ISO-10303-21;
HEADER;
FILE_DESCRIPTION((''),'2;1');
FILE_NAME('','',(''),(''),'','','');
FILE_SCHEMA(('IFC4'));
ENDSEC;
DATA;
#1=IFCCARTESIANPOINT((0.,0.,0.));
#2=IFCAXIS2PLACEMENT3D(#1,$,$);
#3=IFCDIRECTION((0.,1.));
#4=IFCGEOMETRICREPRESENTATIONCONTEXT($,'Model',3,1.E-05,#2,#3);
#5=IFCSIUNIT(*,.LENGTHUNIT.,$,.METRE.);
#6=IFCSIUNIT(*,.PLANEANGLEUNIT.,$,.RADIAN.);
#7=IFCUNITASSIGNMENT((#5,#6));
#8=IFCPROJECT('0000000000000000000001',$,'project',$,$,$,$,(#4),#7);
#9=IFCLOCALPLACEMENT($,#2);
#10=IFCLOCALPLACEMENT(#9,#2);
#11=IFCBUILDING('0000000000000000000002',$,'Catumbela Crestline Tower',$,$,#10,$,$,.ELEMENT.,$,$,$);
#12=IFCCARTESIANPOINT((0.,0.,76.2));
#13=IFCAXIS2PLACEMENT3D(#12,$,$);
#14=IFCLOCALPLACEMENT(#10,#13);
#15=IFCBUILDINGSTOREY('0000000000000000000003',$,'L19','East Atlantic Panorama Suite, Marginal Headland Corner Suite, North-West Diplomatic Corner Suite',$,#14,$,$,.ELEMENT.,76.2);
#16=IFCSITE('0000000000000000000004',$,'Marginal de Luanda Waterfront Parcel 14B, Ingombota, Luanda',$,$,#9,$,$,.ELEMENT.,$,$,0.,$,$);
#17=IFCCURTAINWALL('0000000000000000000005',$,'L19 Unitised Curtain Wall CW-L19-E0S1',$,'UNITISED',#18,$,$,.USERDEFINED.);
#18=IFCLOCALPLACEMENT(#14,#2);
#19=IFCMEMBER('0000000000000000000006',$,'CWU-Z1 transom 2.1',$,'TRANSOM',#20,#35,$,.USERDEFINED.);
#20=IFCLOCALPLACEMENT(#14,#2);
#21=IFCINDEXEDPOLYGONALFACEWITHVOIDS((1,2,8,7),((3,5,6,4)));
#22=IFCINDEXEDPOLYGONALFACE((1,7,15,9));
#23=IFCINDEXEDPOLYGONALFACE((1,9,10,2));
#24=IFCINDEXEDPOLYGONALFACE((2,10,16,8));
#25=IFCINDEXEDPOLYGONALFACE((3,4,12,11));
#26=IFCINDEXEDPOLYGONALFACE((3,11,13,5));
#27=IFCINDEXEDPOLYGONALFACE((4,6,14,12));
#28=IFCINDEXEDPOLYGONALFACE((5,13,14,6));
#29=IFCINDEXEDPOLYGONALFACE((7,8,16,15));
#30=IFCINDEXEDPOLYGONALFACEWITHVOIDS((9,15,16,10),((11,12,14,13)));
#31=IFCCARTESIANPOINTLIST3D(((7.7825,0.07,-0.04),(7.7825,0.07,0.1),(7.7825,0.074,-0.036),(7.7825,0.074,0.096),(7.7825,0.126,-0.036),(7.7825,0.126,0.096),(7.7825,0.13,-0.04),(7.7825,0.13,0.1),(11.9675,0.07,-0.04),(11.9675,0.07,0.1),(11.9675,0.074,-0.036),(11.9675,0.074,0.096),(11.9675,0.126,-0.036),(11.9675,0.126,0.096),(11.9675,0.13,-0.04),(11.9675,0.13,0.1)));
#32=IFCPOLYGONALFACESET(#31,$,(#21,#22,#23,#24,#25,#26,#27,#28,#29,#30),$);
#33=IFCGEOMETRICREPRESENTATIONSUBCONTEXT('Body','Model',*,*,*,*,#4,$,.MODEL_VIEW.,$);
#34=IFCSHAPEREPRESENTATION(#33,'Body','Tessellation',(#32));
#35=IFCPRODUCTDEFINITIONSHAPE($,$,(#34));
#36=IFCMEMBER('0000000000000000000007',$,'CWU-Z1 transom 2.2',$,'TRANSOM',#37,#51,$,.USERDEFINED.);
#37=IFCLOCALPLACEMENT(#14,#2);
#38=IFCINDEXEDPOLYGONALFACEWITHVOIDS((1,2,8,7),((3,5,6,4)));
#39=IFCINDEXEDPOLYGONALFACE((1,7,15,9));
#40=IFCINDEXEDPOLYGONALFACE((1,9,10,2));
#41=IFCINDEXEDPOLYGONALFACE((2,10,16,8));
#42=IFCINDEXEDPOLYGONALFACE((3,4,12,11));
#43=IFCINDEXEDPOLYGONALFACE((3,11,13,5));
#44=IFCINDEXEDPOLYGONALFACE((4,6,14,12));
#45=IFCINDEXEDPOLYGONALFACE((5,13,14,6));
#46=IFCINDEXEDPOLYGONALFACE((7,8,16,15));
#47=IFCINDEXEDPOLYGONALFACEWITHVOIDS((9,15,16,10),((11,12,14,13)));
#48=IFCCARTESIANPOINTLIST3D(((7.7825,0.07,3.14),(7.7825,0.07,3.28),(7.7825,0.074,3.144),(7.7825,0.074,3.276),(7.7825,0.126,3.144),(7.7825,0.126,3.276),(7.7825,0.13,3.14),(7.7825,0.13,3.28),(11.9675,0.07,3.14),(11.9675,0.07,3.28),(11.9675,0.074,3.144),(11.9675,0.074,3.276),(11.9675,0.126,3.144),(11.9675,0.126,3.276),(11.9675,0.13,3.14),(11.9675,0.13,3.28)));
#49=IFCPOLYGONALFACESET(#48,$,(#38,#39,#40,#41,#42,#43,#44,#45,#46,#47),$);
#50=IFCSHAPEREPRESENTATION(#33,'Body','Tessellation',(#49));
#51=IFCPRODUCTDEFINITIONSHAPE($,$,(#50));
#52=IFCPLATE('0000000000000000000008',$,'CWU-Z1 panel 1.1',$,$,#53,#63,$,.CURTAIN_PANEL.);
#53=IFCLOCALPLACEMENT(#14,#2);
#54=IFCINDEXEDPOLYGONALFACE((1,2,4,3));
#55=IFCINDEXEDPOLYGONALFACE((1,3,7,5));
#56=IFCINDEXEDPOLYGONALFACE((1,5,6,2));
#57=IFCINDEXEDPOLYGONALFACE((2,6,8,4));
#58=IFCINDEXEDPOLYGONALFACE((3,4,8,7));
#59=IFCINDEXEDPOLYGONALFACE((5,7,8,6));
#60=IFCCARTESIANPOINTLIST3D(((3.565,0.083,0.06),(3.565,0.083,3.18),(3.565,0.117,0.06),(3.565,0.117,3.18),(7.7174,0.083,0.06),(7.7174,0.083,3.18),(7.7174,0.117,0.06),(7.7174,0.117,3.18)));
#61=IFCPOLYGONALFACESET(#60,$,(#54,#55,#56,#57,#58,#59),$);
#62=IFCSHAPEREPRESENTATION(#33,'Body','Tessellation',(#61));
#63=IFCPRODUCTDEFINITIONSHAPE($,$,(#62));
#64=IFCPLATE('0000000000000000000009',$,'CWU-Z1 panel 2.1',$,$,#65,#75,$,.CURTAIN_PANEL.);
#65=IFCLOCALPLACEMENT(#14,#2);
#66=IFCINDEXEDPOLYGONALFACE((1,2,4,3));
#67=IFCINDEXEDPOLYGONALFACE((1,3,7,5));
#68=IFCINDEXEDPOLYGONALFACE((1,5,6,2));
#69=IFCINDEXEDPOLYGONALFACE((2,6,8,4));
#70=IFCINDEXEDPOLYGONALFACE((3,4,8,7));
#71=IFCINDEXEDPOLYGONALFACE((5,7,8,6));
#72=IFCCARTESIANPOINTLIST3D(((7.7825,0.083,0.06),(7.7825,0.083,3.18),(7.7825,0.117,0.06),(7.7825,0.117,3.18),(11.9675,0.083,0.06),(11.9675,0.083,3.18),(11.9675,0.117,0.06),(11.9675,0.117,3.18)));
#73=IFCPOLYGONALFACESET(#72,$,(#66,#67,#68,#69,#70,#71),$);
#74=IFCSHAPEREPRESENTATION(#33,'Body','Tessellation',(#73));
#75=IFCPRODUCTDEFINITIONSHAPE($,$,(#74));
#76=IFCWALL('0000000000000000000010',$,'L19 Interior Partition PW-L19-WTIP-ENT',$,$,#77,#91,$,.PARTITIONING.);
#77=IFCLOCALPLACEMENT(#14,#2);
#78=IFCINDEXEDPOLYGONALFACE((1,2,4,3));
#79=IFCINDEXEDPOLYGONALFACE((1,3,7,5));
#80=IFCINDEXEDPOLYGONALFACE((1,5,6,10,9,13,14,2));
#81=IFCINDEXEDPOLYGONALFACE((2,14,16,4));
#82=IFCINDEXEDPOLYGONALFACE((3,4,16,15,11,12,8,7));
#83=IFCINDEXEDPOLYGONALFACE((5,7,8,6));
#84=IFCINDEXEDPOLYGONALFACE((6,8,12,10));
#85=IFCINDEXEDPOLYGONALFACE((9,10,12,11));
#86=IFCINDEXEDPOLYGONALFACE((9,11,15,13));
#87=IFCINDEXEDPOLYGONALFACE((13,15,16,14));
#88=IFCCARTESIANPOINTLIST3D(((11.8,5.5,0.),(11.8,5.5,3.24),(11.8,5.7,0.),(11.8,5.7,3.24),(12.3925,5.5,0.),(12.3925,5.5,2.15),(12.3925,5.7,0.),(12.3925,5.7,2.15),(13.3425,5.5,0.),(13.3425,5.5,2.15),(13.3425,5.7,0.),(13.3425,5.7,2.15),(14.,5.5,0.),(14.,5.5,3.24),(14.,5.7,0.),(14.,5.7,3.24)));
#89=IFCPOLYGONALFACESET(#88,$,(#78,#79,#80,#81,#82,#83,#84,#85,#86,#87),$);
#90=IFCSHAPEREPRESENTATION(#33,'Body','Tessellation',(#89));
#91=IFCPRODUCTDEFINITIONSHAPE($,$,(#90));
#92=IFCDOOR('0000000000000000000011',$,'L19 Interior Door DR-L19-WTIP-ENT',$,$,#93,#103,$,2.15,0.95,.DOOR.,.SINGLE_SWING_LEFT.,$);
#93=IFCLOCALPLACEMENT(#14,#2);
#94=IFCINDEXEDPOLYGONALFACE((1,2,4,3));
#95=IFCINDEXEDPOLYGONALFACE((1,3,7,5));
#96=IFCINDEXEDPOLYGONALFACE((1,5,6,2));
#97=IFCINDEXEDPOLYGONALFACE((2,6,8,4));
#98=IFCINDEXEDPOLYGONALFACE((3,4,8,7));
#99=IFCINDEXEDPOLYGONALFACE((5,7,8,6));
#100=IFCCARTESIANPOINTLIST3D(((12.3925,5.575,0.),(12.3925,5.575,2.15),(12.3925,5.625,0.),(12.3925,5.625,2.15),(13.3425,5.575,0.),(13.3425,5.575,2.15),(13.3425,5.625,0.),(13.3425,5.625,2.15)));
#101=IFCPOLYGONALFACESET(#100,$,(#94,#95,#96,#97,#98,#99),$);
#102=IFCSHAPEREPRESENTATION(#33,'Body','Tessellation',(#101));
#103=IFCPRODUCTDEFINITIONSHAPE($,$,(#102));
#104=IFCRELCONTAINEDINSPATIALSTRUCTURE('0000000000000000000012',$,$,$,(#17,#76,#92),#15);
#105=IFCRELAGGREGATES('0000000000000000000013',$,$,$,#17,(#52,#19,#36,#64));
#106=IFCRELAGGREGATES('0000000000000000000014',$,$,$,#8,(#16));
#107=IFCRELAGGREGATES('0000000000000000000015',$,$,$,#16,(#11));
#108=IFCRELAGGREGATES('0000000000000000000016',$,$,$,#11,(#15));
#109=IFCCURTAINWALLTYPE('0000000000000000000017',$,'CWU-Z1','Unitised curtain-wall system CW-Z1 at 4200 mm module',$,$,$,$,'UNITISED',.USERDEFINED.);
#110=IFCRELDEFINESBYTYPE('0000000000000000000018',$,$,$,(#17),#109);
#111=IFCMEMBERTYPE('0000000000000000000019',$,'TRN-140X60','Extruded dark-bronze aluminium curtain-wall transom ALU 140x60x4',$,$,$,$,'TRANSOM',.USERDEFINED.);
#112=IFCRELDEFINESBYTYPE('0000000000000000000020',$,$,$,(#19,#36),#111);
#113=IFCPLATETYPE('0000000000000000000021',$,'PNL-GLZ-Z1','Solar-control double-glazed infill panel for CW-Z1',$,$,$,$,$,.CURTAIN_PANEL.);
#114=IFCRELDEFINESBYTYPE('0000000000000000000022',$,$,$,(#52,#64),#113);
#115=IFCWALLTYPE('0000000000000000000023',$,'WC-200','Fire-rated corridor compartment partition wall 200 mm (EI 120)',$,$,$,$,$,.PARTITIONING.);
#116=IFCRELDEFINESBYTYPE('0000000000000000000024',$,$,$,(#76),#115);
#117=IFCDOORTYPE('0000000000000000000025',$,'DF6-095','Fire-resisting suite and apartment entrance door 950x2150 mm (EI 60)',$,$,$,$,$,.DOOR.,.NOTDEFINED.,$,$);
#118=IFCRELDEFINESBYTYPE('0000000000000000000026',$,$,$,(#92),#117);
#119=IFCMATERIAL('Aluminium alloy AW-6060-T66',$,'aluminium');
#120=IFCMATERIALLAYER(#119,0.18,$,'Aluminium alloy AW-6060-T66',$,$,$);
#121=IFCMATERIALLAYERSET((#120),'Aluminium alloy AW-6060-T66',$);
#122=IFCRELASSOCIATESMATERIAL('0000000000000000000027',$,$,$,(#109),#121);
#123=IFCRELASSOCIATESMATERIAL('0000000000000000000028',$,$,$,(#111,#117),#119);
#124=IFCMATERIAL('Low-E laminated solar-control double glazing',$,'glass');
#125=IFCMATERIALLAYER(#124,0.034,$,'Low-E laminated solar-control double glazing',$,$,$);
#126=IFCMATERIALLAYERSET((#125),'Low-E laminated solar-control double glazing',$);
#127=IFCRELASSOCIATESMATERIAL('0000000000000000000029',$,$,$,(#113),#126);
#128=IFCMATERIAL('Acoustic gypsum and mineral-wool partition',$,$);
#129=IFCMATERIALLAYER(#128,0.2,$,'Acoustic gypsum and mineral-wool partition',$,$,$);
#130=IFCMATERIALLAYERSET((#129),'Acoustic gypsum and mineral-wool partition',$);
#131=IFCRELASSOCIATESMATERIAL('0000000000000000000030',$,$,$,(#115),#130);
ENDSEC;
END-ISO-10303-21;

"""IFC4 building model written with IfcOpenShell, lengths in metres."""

from ifc_helpers import new_model, si_unit, direction, frame, frame_2d, origin, origin_2d, place, context, subcontext, project, spatial, rectangle, hollow_rectangle, extrude, material, layer, layer_set, material_profile, profile_set, type_object, element, fill, aggregate, save


model = new_model("IFC4")

# Units and contexts
model_context = context("Model", 3, precision=1e-05, world=origin(), true_north=direction((0.0, 1.0)))
body_context = subcontext(model_context, "Body", "Model", "MODEL_VIEW")
ifc_project = project(units=[si_unit("LENGTHUNIT", "METRE"), si_unit("PLANEANGLEUNIT", "RADIAN")], contexts=[model_context])

# Site, building, storey
site_placement = place(None, origin())
site = spatial("IfcSite", under=ifc_project, at=site_placement, Name="Marginal de Luanda Waterfront Parcel 14B, Ingombota, Luanda", CompositionType="ELEMENT", RefElevation=0.0)
building_placement = place(site_placement, origin())
building = spatial("IfcBuilding", under=site, at=building_placement, Name="Catumbela Crestline Tower", CompositionType="ELEMENT")
storey_placement = place(building_placement, frame((0.0, 0.0, 76.2)))
storey = spatial("IfcBuildingStorey", under=building, at=storey_placement, Name="L19", Description="East Atlantic Panorama Suite, Marginal Headland Corner Suite, North-West Diplomatic Corner Suite", CompositionType="ELEMENT", Elevation=76.2)

# Curtain wall, members, plates
ifc_material_1 = material(Name="Aluminium alloy AW-6060-T66", Category="aluminium")
ifc_layer_1 = layer(ifc_material_1, 0.18, Name="Aluminium alloy AW-6060-T66")
ifc_layer_set_1 = layer_set([ifc_layer_1], Name="Aluminium alloy AW-6060-T66")
curtain_wall_type = type_object("IfcCurtainWallType", Name="CWU-Z1", Description="Unitised curtain-wall system CW-Z1 at 4200 mm module", ElementType="UNITISED", PredefinedType="USERDEFINED", material=ifc_layer_set_1)
curtain_wall_placement = place(storey_placement, origin())
curtain_wall = element("IfcCurtainWall", 1, at=curtain_wall_placement, inside=storey, type_object=curtain_wall_type, Name="L19 Unitised Curtain Wall CW-L19-E0S1", ObjectType="UNITISED", PredefinedType="USERDEFINED")
ifc_material_profile_1 = material_profile(ifc_material_1, hollow_rectangle(XDim=0.06, YDim=0.14, WallThickness=0.004, at=origin_2d()), Name="ALU 140x60x4")
ifc_profile_set_1 = profile_set([ifc_material_profile_1], Name="Aluminium alloy AW-6060-T66")
member_type_1 = type_object("IfcMemberType", Name="TRN-140X60", Description="Extruded dark-bronze aluminium curtain-wall transom ALU 140x60x4", ElementType="TRANSOM", PredefinedType="USERDEFINED", material=ifc_profile_set_1)
member_1_placement = place(storey_placement, frame((7.7825, 0.1, 0.03), z_axis=(1.0, 0.0, 0.0), x_axis=(0.0, 1.0, 0.0)))
member_1 = element("IfcMember", 2, at=member_1_placement, type_object=member_type_1, Name="CWU-Z1 transom 2.1", ObjectType="TRANSOM", PredefinedType="USERDEFINED", context=body_context, shape_type="SweptSolid", body=[
    extrude(hollow_rectangle(XDim=0.06, YDim=0.14, WallThickness=0.004, at=origin_2d()), origin(), (0.0, 0.0, 1.0), 4.185),
])
member_2_placement = place(storey_placement, frame((7.7825, 0.1, 3.21), z_axis=(1.0, 0.0, 0.0), x_axis=(0.0, 1.0, 0.0)))
member_2 = element("IfcMember", 3, at=member_2_placement, type_object=member_type_1, Name="CWU-Z1 transom 2.2", ObjectType="TRANSOM", PredefinedType="USERDEFINED", context=body_context, shape_type="SweptSolid", body=[
    extrude(hollow_rectangle(XDim=0.06, YDim=0.14, WallThickness=0.004, at=origin_2d()), origin(), (0.0, 0.0, 1.0), 4.185),
])
ifc_material_2 = material(Name="Low-E laminated solar-control double glazing", Category="glass")
ifc_layer_2 = layer(ifc_material_2, 0.034, Name="Low-E laminated solar-control double glazing")
ifc_layer_set_2 = layer_set([ifc_layer_2], Name="Low-E laminated solar-control double glazing")
plate_type = type_object("IfcPlateType", Name="PNL-GLZ-Z1", Description="Solar-control double-glazed infill panel for CW-Z1", PredefinedType="CURTAIN_PANEL", material=ifc_layer_set_2)
plate_1_placement = place(storey_placement, frame((5.6412, 0.1, 0.06), z_axis=(0.0, 0.0, 1.0), x_axis=(1.0, 0.0, 0.0)))
plate_1 = element("IfcPlate", 4, at=plate_1_placement, type_object=plate_type, Name="CWU-Z1 panel 1.1", PredefinedType="CURTAIN_PANEL", context=body_context, shape_type="SweptSolid", body=[
    extrude(rectangle(XDim=4.1525, YDim=0.034, at=origin_2d()), origin(), (0.0, 0.0, 1.0), 3.12),
])
plate_2_placement = place(storey_placement, frame((9.875, 0.1, 0.06), z_axis=(0.0, 0.0, 1.0), x_axis=(1.0, 0.0, 0.0)))
plate_2 = element("IfcPlate", 5, at=plate_2_placement, type_object=plate_type, Name="CWU-Z1 panel 2.1", PredefinedType="CURTAIN_PANEL", context=body_context, shape_type="SweptSolid", body=[
    extrude(rectangle(XDim=4.185, YDim=0.034, at=origin_2d()), origin(), (0.0, 0.0, 1.0), 3.12),
])
aggregate(curtain_wall, [plate_1, member_1, member_2, plate_2])

# Wall, opening, door
ifc_material_3 = material(Name="Acoustic gypsum and mineral-wool partition")
ifc_layer_3 = layer(ifc_material_3, 0.2, Name="Acoustic gypsum and mineral-wool partition")
ifc_layer_set_3 = layer_set([ifc_layer_3], Name="Acoustic gypsum and mineral-wool partition")
wall_type_1 = type_object("IfcWallType", Name="WC-200", Description="Fire-rated corridor compartment partition wall 200 mm (EI 120)", PredefinedType="PARTITIONING", material=ifc_layer_set_3)
wall_1_placement = place(storey_placement, frame((11.8, 5.6, 0.0), z_axis=(0.0, 0.0, 1.0), x_axis=(1.0, 0.0, 0.0)))
wall_1 = element("IfcWall", 6, at=wall_1_placement, inside=storey, type_object=wall_type_1, Name="L19 Interior Partition PW-L19-WTIP-ENT", PredefinedType="PARTITIONING", context=body_context, shape_type="SweptSolid", body=[
    extrude(rectangle(XDim=2.2, YDim=0.2, at=frame_2d((1.1, 0.0))), origin(), (0.0, 0.0, 1.0), 3.24),
])
opening_1_placement = place(wall_1_placement, frame((0.5925, 0.0, 0.0)))
opening_1 = element("IfcOpeningElement", 7, at=opening_1_placement, cuts=wall_1, PredefinedType="OPENING", context=body_context, shape_type="SweptSolid", body=[
    extrude(rectangle(XDim=0.95, YDim=2.15, at=frame_2d((0.475, 1.075))), frame((0.0, 0.11, 0.0), z_axis=(0.0, -1.0, 0.0), x_axis=(1.0, 0.0, 0.0)), (0.0, 0.0, 1.0), 0.22),
])
door_type_1 = type_object("IfcDoorType", Name="DF6-095", Description="Fire-resisting suite and apartment entrance door 950x2150 mm (EI 60)", OperationType="NOTDEFINED", PredefinedType="DOOR", material=ifc_material_1)
door_1_placement = place(opening_1_placement, origin())
door_1 = element("IfcDoor", 8, at=door_1_placement, inside=storey, type_object=door_type_1, Name="L19 Interior Door DR-L19-WTIP-ENT", OperationType="SINGLE_SWING_LEFT", OverallHeight=2.15, OverallWidth=0.95, PredefinedType="DOOR", context=body_context, shape_type="SweptSolid", body=[
    extrude(rectangle(XDim=0.95, YDim=2.15, at=frame_2d((0.475, 1.075))), frame((0.0, 0.025, 0.0), z_axis=(0.0, -1.0, 0.0), x_axis=(1.0, 0.0, 0.0)), (0.0, 0.0, 1.0), 0.05),
])
fill(opening_1, door_1)

save(model, "model.ifc")
